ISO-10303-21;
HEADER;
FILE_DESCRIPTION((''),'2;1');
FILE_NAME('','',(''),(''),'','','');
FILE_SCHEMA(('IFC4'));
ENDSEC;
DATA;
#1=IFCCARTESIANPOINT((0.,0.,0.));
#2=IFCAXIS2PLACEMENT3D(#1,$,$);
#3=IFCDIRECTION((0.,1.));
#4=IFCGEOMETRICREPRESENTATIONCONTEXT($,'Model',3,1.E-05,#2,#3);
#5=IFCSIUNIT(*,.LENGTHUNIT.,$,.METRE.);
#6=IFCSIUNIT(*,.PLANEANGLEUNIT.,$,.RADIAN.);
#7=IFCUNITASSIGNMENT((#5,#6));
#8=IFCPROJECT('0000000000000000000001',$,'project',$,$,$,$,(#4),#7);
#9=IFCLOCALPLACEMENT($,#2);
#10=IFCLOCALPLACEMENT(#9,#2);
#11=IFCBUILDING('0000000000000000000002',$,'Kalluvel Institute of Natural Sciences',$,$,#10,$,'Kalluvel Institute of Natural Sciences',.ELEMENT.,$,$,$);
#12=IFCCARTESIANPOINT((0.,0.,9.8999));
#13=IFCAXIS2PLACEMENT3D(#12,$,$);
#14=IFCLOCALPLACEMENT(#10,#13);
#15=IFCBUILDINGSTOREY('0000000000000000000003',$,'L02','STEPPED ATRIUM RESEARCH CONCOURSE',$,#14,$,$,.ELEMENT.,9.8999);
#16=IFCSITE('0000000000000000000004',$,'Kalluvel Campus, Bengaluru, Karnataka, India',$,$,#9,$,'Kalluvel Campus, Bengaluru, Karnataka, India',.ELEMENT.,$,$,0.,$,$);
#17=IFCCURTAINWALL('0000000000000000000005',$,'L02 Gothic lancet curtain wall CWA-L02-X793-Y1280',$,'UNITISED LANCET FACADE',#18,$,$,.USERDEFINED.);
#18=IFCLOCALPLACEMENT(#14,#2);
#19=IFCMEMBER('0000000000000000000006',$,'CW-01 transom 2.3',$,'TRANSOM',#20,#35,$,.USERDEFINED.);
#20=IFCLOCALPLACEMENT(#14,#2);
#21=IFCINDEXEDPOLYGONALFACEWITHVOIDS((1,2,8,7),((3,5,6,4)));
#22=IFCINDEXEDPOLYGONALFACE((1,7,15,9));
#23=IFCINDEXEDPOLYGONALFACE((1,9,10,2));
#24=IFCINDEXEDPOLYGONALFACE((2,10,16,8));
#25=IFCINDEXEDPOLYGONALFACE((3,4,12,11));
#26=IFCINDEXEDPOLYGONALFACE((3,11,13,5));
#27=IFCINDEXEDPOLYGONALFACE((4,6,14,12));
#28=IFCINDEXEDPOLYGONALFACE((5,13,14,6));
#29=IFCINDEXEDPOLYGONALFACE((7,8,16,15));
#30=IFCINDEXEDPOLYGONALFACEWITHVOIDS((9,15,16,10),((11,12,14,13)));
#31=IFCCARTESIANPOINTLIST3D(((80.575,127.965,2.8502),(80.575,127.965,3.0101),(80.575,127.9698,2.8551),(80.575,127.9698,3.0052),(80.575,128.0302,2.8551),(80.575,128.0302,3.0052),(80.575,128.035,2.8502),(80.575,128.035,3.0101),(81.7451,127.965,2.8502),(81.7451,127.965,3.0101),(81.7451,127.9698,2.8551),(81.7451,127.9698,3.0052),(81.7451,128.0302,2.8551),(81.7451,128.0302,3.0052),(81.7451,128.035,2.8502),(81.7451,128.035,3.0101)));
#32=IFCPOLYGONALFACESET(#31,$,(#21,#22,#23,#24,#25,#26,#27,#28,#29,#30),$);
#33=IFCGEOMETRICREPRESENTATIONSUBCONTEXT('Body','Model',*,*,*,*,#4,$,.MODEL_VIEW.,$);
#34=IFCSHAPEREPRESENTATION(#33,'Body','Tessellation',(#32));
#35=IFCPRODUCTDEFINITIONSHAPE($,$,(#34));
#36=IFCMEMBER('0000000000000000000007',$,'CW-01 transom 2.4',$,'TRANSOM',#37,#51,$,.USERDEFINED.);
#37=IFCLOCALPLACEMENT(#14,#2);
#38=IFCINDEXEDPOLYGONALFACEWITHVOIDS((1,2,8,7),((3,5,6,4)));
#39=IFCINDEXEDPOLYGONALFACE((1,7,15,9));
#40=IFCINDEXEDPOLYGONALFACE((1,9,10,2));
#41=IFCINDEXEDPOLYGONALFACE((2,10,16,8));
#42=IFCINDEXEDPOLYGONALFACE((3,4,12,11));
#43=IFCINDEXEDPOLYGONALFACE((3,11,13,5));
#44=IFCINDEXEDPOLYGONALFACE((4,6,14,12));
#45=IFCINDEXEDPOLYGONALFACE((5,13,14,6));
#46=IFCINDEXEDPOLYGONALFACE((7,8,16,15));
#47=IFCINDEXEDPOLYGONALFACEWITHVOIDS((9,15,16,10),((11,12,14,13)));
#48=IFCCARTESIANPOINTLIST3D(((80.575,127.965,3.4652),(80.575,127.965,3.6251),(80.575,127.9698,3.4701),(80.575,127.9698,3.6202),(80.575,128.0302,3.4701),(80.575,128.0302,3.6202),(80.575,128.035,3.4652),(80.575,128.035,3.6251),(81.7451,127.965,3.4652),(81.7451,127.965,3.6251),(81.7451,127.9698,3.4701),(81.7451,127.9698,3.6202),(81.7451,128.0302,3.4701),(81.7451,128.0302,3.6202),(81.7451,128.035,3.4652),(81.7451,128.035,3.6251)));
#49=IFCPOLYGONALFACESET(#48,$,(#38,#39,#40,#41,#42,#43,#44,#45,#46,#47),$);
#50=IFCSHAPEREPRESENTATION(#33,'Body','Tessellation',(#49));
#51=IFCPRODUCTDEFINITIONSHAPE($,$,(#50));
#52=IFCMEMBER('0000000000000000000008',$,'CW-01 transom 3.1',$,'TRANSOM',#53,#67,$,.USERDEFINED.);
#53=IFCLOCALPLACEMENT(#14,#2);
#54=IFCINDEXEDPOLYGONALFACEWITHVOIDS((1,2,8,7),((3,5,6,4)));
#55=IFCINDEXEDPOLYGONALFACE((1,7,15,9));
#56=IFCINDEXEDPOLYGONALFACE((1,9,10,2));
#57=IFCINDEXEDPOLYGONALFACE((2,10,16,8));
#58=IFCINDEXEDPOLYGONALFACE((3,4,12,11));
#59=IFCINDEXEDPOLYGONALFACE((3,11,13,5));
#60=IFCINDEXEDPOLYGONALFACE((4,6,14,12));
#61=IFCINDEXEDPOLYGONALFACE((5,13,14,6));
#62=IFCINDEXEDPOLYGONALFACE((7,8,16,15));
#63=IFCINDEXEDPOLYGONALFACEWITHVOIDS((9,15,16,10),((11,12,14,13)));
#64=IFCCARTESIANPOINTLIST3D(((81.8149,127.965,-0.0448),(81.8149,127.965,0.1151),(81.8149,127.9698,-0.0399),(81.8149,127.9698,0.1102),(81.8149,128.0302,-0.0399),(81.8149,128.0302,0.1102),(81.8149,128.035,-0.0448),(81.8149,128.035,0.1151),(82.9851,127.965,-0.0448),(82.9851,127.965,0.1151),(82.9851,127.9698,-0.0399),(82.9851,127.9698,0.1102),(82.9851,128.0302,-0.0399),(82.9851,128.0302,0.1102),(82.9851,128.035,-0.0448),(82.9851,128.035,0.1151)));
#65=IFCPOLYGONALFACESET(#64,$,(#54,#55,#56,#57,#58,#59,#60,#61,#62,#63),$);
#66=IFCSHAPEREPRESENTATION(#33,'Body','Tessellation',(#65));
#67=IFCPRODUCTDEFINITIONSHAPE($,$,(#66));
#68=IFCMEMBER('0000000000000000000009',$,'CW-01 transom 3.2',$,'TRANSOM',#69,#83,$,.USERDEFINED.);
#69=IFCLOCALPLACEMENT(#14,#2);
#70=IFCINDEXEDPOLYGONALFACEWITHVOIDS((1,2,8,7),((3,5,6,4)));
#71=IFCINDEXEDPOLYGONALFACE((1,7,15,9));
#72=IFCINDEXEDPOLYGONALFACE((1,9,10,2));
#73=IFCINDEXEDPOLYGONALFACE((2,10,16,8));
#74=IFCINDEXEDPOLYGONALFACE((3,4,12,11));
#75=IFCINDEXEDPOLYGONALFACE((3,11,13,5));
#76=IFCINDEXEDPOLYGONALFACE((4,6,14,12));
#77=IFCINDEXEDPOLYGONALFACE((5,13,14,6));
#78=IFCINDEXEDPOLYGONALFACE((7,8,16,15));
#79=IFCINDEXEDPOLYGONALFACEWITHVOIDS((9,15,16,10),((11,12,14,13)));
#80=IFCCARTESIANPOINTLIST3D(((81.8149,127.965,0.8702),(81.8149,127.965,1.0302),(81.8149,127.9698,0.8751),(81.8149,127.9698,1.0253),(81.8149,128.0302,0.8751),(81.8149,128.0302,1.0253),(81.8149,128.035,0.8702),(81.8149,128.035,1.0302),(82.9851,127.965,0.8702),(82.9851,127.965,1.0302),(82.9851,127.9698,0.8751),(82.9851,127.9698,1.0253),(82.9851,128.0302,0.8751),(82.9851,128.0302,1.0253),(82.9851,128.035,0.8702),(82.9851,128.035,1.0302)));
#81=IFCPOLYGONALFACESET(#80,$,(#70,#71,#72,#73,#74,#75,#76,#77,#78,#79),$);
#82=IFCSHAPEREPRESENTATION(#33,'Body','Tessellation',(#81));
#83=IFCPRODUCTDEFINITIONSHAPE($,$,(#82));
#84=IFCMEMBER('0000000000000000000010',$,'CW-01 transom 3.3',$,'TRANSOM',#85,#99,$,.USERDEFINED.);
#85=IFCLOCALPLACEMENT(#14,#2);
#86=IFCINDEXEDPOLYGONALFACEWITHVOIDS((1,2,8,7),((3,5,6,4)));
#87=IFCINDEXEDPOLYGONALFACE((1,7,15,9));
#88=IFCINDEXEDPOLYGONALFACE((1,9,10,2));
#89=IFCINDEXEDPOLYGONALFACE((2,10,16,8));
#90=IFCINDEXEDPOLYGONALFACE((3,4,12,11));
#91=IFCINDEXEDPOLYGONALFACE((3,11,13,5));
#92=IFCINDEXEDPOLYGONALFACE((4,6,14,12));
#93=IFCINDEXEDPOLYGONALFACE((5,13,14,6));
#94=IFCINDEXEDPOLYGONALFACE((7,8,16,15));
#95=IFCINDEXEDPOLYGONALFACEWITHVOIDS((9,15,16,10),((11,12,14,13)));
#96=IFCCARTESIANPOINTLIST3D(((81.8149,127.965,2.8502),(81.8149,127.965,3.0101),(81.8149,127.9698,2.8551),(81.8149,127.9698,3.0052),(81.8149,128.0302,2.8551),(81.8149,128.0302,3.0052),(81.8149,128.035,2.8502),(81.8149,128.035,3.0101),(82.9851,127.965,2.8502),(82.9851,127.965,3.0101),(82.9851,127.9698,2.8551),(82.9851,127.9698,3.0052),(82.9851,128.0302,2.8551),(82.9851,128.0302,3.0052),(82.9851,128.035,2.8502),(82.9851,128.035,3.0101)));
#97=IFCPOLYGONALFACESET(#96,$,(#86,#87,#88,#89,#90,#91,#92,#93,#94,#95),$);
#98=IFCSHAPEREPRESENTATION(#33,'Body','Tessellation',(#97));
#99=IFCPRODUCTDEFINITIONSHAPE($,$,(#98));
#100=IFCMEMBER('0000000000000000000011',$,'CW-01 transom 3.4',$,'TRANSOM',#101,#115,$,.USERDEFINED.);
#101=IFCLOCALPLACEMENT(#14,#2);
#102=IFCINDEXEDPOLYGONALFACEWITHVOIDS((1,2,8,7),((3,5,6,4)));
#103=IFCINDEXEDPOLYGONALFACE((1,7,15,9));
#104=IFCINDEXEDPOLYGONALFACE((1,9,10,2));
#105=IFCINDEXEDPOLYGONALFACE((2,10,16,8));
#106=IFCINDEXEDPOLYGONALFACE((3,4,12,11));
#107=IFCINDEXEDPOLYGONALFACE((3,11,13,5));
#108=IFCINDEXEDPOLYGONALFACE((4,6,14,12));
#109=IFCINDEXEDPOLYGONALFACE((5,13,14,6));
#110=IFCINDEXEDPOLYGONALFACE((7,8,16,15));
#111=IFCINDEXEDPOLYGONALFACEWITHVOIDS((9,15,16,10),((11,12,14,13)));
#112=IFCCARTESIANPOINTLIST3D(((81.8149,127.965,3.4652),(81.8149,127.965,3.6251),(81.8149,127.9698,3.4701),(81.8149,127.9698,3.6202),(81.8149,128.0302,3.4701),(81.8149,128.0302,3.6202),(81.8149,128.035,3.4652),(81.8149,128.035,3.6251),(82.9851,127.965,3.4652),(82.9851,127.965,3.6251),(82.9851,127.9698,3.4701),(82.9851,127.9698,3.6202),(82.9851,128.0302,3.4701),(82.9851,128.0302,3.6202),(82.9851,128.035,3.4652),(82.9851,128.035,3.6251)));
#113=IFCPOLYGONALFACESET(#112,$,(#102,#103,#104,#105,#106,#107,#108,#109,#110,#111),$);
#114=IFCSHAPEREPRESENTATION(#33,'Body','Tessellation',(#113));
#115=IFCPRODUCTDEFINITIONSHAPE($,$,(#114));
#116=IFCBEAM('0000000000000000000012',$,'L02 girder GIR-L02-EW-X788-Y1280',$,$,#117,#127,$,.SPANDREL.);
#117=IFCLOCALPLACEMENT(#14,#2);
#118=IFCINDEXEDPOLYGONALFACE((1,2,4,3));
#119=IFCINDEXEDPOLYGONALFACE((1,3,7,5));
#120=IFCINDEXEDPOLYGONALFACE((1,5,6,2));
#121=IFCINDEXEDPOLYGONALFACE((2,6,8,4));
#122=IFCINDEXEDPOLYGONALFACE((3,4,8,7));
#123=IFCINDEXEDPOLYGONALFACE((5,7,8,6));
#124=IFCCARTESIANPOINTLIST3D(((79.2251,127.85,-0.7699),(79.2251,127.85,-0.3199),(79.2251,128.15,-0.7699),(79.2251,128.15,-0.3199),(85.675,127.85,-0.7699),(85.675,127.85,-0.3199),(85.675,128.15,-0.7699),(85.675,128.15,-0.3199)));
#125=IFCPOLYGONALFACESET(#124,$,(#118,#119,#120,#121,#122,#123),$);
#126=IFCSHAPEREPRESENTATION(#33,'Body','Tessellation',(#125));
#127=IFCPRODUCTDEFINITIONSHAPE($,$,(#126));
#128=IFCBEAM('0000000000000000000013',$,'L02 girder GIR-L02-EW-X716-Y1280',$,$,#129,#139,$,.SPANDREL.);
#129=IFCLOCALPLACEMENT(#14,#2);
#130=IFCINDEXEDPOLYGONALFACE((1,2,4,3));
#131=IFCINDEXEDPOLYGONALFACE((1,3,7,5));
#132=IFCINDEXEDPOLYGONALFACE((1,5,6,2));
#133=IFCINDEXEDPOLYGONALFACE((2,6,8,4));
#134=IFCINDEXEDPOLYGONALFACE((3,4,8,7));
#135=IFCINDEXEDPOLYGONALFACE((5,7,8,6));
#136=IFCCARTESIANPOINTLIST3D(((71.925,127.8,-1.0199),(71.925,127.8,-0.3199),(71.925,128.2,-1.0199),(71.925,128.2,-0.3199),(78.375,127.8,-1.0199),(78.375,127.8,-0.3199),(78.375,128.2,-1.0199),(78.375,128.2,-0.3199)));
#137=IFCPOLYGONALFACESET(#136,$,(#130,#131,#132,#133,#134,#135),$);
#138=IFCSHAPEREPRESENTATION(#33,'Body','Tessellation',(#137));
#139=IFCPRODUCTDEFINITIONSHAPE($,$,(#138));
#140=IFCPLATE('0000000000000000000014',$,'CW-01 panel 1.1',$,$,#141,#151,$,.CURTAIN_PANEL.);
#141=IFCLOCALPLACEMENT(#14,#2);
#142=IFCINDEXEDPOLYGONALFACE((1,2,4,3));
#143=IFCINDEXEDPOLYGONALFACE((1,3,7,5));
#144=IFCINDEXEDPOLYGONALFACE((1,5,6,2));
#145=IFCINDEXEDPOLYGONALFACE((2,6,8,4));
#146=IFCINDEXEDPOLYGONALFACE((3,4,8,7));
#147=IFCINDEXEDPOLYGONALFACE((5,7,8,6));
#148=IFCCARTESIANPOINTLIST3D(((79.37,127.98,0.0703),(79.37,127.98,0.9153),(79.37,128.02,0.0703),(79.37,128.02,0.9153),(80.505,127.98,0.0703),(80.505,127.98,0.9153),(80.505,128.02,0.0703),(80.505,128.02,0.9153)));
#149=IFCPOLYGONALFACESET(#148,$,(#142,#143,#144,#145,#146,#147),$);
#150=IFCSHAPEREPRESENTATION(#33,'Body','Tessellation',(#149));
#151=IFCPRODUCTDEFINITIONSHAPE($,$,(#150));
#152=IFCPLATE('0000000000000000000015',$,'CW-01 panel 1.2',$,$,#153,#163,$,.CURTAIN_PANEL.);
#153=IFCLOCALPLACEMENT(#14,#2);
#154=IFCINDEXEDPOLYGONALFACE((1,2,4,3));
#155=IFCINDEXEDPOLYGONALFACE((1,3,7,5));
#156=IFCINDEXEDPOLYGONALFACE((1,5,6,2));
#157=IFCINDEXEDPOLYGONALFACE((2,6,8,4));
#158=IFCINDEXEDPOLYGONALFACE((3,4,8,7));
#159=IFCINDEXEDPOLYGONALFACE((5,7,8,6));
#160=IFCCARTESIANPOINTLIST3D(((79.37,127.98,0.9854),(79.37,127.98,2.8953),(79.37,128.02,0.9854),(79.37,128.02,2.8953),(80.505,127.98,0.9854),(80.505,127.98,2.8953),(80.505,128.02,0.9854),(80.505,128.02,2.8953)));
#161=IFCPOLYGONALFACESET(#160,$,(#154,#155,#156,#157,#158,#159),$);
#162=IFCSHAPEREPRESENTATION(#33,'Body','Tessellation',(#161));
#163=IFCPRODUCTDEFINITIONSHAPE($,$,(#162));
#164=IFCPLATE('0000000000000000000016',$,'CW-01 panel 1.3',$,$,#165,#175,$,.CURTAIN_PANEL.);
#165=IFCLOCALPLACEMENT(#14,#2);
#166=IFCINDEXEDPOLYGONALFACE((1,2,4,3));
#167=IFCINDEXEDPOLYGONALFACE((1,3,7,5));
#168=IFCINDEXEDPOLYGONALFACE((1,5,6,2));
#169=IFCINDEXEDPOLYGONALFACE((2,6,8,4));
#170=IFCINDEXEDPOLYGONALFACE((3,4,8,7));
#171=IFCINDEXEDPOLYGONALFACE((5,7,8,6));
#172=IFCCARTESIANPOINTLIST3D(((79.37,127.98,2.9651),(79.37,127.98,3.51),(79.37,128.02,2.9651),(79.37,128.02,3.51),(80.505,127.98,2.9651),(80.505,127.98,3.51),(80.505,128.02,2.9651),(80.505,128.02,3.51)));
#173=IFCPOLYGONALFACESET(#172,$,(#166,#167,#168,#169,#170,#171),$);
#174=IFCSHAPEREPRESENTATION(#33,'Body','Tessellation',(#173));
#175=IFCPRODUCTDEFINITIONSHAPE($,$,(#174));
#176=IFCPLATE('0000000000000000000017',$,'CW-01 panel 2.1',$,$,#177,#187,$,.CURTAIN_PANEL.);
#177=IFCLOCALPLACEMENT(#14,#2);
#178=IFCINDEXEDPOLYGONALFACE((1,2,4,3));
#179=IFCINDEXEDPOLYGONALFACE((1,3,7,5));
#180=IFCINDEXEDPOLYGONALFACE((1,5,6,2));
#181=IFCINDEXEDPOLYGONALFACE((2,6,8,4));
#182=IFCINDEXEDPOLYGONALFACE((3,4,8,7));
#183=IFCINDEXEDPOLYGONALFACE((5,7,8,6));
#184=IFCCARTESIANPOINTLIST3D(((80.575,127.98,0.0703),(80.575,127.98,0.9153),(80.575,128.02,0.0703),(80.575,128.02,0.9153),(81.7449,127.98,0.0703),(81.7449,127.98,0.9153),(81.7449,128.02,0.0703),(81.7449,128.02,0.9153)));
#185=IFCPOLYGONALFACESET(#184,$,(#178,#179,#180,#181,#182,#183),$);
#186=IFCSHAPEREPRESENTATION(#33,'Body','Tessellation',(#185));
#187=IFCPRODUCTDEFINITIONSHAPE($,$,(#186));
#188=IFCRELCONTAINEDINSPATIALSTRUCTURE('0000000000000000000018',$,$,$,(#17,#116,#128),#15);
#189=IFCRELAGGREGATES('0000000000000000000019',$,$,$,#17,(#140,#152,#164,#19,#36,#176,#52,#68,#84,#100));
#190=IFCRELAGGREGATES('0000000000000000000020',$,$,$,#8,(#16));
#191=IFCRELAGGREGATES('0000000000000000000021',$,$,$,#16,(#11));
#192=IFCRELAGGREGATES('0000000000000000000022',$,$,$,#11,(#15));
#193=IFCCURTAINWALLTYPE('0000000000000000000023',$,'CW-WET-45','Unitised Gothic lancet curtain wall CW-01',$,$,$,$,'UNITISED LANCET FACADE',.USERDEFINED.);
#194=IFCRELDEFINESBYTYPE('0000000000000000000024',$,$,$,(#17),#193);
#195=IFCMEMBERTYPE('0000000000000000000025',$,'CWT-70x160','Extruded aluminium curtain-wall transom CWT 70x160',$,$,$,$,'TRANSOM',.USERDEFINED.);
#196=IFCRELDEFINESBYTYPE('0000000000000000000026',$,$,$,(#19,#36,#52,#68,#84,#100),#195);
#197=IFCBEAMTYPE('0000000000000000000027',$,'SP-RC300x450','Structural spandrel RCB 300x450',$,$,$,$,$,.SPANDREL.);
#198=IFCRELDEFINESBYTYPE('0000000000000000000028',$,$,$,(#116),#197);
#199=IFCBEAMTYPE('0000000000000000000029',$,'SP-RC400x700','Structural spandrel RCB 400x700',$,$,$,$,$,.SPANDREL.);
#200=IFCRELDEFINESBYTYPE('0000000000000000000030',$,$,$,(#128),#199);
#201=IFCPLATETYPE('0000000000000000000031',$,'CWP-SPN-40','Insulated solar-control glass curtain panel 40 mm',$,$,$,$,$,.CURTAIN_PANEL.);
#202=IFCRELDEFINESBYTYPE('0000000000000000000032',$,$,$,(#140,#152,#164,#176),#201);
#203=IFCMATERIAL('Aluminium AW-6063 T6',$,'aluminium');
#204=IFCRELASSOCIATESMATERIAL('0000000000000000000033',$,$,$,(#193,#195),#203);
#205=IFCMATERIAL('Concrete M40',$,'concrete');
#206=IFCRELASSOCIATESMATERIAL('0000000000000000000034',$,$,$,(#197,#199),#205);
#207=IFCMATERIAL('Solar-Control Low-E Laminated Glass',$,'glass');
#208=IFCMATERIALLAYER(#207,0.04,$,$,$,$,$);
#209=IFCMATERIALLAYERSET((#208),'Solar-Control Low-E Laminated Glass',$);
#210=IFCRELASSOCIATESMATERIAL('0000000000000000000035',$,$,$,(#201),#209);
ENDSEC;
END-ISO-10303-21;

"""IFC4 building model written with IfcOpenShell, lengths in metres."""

from ifc_helpers import new_model, si_unit, direction, frame, origin, origin_2d, place, context, subcontext, project, spatial, rectangle, hollow_rectangle, extrude, material, layer, layer_set, material_profile, profile_set, type_object, element, aggregate, save


model = new_model("IFC4")

# Units and contexts
model_context = context("Model", 3, precision=1e-05, world=origin(), true_north=direction((0.0, 1.0)))
body_context = subcontext(model_context, "Body", "Model", "MODEL_VIEW")
ifc_project = project(units=[si_unit("LENGTHUNIT", "METRE"), si_unit("PLANEANGLEUNIT", "RADIAN")], contexts=[model_context])

# Site, building, storey
site_placement = place(None, origin())
site = spatial("IfcSite", under=ifc_project, at=site_placement, Name="Kalluvel Campus, Bengaluru, Karnataka, India", LongName="Kalluvel Campus, Bengaluru, Karnataka, India", CompositionType="ELEMENT", RefElevation=0.0)
building_placement = place(site_placement, origin())
building = spatial("IfcBuilding", under=site, at=building_placement, Name="Kalluvel Institute of Natural Sciences", LongName="Kalluvel Institute of Natural Sciences", CompositionType="ELEMENT")
storey_placement = place(building_placement, frame((0.0, 0.0, 9.8999)))
storey = spatial("IfcBuildingStorey", under=building, at=storey_placement, Name="L02", Description="STEPPED ATRIUM RESEARCH CONCOURSE", CompositionType="ELEMENT", Elevation=9.8999)

# Curtain wall, members
ifc_material_1 = material(Name="Aluminium AW-6063 T6", Category="aluminium")
curtain_wall_type = type_object("IfcCurtainWallType", Name="CW-WET-45", Description="Unitised Gothic lancet curtain wall CW-01", ElementType="UNITISED LANCET FACADE", PredefinedType="USERDEFINED", material=ifc_material_1)
curtain_wall_placement = place(storey_placement, origin())
curtain_wall = element("IfcCurtainWall", 1, at=curtain_wall_placement, inside=storey, type_object=curtain_wall_type, Name="L02 Gothic lancet curtain wall CWA-L02-X793-Y1280", ObjectType="UNITISED LANCET FACADE", PredefinedType="USERDEFINED")
ifc_material_profile_1 = material_profile(ifc_material_1, hollow_rectangle(XDim=0.0701, YDim=0.1599, WallThickness=0.0049, at=origin_2d()), Name="CWT 70x160")
ifc_profile_set_1 = profile_set([ifc_material_profile_1], Name="Aluminium AW-6063 T6")
member_type_1 = type_object("IfcMemberType", Name="CWT-70x160", Description="Extruded aluminium curtain-wall transom CWT 70x160", ElementType="TRANSOM", PredefinedType="USERDEFINED", material=ifc_profile_set_1)
member_1_placement = place(storey_placement, frame((80.575, 128.0, 2.9302), z_axis=(1.0, 0.0, 0.0), x_axis=(0.0, 1.0, 0.0)))
member_1 = element("IfcMember", 2, at=member_1_placement, type_object=member_type_1, Name="CW-01 transom 2.3", ObjectType="TRANSOM", PredefinedType="USERDEFINED", context=body_context, shape_type="SweptSolid", body=[
    extrude(hollow_rectangle(XDim=0.0701, YDim=0.1599, WallThickness=0.0049, at=origin_2d()), origin(), (0.0, 0.0, 1.0), 1.1702),
])
member_2_placement = place(storey_placement, frame((80.575, 128.0, 3.5452), z_axis=(1.0, 0.0, 0.0), x_axis=(0.0, 1.0, 0.0)))
member_2 = element("IfcMember", 3, at=member_2_placement, type_object=member_type_1, Name="CW-01 transom 2.4", ObjectType="TRANSOM", PredefinedType="USERDEFINED", context=body_context, shape_type="SweptSolid", body=[
    extrude(hollow_rectangle(XDim=0.0701, YDim=0.1599, WallThickness=0.0049, at=origin_2d()), origin(), (0.0, 0.0, 1.0), 1.1702),
])
member_3_placement = place(storey_placement, frame((81.8149, 128.0, 0.0352), z_axis=(1.0, 0.0, 0.0), x_axis=(0.0, 1.0, 0.0)))
member_3 = element("IfcMember", 4, at=member_3_placement, type_object=member_type_1, Name="CW-01 transom 3.1", ObjectType="TRANSOM", PredefinedType="USERDEFINED", context=body_context, shape_type="SweptSolid", body=[
    extrude(hollow_rectangle(XDim=0.0701, YDim=0.1599, WallThickness=0.0049, at=origin_2d()), origin(), (0.0, 0.0, 1.0), 1.1702),
])
member_4_placement = place(storey_placement, frame((81.8149, 128.0, 0.9502), z_axis=(1.0, 0.0, 0.0), x_axis=(0.0, 1.0, 0.0)))
member_4 = element("IfcMember", 5, at=member_4_placement, type_object=member_type_1, Name="CW-01 transom 3.2", ObjectType="TRANSOM", PredefinedType="USERDEFINED", context=body_context, shape_type="SweptSolid", body=[
    extrude(hollow_rectangle(XDim=0.0701, YDim=0.1599, WallThickness=0.0049, at=origin_2d()), origin(), (0.0, 0.0, 1.0), 1.1702),
])
member_5_placement = place(storey_placement, frame((81.8149, 128.0, 2.9302), z_axis=(1.0, 0.0, 0.0), x_axis=(0.0, 1.0, 0.0)))
member_5 = element("IfcMember", 6, at=member_5_placement, type_object=member_type_1, Name="CW-01 transom 3.3", ObjectType="TRANSOM", PredefinedType="USERDEFINED", context=body_context, shape_type="SweptSolid", body=[
    extrude(hollow_rectangle(XDim=0.0701, YDim=0.1599, WallThickness=0.0049, at=origin_2d()), origin(), (0.0, 0.0, 1.0), 1.1702),
])
member_6_placement = place(storey_placement, frame((81.8149, 128.0, 3.5452), z_axis=(1.0, 0.0, 0.0), x_axis=(0.0, 1.0, 0.0)))
member_6 = element("IfcMember", 7, at=member_6_placement, type_object=member_type_1, Name="CW-01 transom 3.4", ObjectType="TRANSOM", PredefinedType="USERDEFINED", context=body_context, shape_type="SweptSolid", body=[
    extrude(hollow_rectangle(XDim=0.0701, YDim=0.1599, WallThickness=0.0049, at=origin_2d()), origin(), (0.0, 0.0, 1.0), 1.1702),
])

# Beams
ifc_material_2 = material(Name="Concrete M40", Category="concrete")
ifc_material_profile_2 = material_profile(ifc_material_2, rectangle(XDim=0.3, YDim=0.45, at=origin_2d()), Name="RCB 300x450")
ifc_profile_set_2 = profile_set([ifc_material_profile_2], Name="Concrete M40")
beam_type_1 = type_object("IfcBeamType", Name="SP-RC300x450", Description="Structural spandrel RCB 300x450", PredefinedType="SPANDREL", material=ifc_profile_set_2)
beam_1_placement = place(storey_placement, frame((79.2251, 128.0, -0.5449), z_axis=(1.0, 0.0, 0.0), x_axis=(0.0, 1.0, 0.0)))
element("IfcBeam", 8, at=beam_1_placement, inside=storey, type_object=beam_type_1, Name="L02 girder GIR-L02-EW-X788-Y1280", PredefinedType="SPANDREL", context=body_context, shape_type="SweptSolid", body=[
    extrude(rectangle(XDim=0.3, YDim=0.45, at=origin_2d()), origin(), (0.0, 0.0, 1.0), 6.45),
])
ifc_material_profile_3 = material_profile(ifc_material_2, rectangle(XDim=0.3999, YDim=0.7, at=origin_2d()), Name="RCB 400x700")
ifc_profile_set_3 = profile_set([ifc_material_profile_3], Name="Concrete M40")
beam_type_2 = type_object("IfcBeamType", Name="SP-RC400x700", Description="Structural spandrel RCB 400x700", PredefinedType="SPANDREL", material=ifc_profile_set_3)
beam_2_placement = place(storey_placement, frame((71.925, 128.0, -0.6699), z_axis=(1.0, 0.0, 0.0), x_axis=(0.0, 1.0, 0.0)))
element("IfcBeam", 9, at=beam_2_placement, inside=storey, type_object=beam_type_2, Name="L02 girder GIR-L02-EW-X716-Y1280", PredefinedType="SPANDREL", context=body_context, shape_type="SweptSolid", body=[
    extrude(rectangle(XDim=0.3999, YDim=0.7, at=origin_2d()), origin(), (0.0, 0.0, 1.0), 6.45),
])

# Plates
ifc_material_3 = material(Name="Solar-Control Low-E Laminated Glass", Category="glass")
ifc_layer_1 = layer(ifc_material_3, 0.04)
ifc_layer_set_1 = layer_set([ifc_layer_1], Name="Solar-Control Low-E Laminated Glass")
plate_type = type_object("IfcPlateType", Name="CWP-SPN-40", Description="Insulated solar-control glass curtain panel 40 mm", PredefinedType="CURTAIN_PANEL", material=ifc_layer_set_1)
plate_1_placement = place(storey_placement, frame((79.9375, 128.0, 0.0703), z_axis=(0.0, 0.0, 1.0), x_axis=(1.0, 0.0, 0.0)))
plate_1 = element("IfcPlate", 10, at=plate_1_placement, type_object=plate_type, Name="CW-01 panel 1.1", PredefinedType="CURTAIN_PANEL", context=body_context, shape_type="SweptSolid", body=[
    extrude(rectangle(XDim=1.135, YDim=0.04, at=origin_2d()), origin(), (0.0, 0.0, 1.0), 0.845),
])
plate_2_placement = place(storey_placement, frame((79.9375, 128.0, 0.9854), z_axis=(0.0, 0.0, 1.0), x_axis=(1.0, 0.0, 0.0)))
plate_2 = element("IfcPlate", 11, at=plate_2_placement, type_object=plate_type, Name="CW-01 panel 1.2", PredefinedType="CURTAIN_PANEL", context=body_context, shape_type="SweptSolid", body=[
    extrude(rectangle(XDim=1.135, YDim=0.04, at=origin_2d()), origin(), (0.0, 0.0, 1.0), 1.9099),
])
plate_3_placement = place(storey_placement, frame((79.9375, 128.0, 2.9651), z_axis=(0.0, 0.0, 1.0), x_axis=(1.0, 0.0, 0.0)))
plate_3 = element("IfcPlate", 12, at=plate_3_placement, type_object=plate_type, Name="CW-01 panel 1.3", PredefinedType="CURTAIN_PANEL", context=body_context, shape_type="SweptSolid", body=[
    extrude(rectangle(XDim=1.135, YDim=0.04, at=origin_2d()), origin(), (0.0, 0.0, 1.0), 0.5449),
])
plate_4_placement = place(storey_placement, frame((81.1599, 128.0, 0.0703), z_axis=(0.0, 0.0, 1.0), x_axis=(1.0, 0.0, 0.0)))
plate_4 = element("IfcPlate", 13, at=plate_4_placement, type_object=plate_type, Name="CW-01 panel 2.1", PredefinedType="CURTAIN_PANEL", context=body_context, shape_type="SweptSolid", body=[
    extrude(rectangle(XDim=1.1699, YDim=0.04, at=origin_2d()), origin(), (0.0, 0.0, 1.0), 0.845),
])
aggregate(curtain_wall, [plate_1, plate_2, plate_3, member_1, member_2, plate_4, member_3, member_4, member_5, member_6])

save(model, "model.ifc")
